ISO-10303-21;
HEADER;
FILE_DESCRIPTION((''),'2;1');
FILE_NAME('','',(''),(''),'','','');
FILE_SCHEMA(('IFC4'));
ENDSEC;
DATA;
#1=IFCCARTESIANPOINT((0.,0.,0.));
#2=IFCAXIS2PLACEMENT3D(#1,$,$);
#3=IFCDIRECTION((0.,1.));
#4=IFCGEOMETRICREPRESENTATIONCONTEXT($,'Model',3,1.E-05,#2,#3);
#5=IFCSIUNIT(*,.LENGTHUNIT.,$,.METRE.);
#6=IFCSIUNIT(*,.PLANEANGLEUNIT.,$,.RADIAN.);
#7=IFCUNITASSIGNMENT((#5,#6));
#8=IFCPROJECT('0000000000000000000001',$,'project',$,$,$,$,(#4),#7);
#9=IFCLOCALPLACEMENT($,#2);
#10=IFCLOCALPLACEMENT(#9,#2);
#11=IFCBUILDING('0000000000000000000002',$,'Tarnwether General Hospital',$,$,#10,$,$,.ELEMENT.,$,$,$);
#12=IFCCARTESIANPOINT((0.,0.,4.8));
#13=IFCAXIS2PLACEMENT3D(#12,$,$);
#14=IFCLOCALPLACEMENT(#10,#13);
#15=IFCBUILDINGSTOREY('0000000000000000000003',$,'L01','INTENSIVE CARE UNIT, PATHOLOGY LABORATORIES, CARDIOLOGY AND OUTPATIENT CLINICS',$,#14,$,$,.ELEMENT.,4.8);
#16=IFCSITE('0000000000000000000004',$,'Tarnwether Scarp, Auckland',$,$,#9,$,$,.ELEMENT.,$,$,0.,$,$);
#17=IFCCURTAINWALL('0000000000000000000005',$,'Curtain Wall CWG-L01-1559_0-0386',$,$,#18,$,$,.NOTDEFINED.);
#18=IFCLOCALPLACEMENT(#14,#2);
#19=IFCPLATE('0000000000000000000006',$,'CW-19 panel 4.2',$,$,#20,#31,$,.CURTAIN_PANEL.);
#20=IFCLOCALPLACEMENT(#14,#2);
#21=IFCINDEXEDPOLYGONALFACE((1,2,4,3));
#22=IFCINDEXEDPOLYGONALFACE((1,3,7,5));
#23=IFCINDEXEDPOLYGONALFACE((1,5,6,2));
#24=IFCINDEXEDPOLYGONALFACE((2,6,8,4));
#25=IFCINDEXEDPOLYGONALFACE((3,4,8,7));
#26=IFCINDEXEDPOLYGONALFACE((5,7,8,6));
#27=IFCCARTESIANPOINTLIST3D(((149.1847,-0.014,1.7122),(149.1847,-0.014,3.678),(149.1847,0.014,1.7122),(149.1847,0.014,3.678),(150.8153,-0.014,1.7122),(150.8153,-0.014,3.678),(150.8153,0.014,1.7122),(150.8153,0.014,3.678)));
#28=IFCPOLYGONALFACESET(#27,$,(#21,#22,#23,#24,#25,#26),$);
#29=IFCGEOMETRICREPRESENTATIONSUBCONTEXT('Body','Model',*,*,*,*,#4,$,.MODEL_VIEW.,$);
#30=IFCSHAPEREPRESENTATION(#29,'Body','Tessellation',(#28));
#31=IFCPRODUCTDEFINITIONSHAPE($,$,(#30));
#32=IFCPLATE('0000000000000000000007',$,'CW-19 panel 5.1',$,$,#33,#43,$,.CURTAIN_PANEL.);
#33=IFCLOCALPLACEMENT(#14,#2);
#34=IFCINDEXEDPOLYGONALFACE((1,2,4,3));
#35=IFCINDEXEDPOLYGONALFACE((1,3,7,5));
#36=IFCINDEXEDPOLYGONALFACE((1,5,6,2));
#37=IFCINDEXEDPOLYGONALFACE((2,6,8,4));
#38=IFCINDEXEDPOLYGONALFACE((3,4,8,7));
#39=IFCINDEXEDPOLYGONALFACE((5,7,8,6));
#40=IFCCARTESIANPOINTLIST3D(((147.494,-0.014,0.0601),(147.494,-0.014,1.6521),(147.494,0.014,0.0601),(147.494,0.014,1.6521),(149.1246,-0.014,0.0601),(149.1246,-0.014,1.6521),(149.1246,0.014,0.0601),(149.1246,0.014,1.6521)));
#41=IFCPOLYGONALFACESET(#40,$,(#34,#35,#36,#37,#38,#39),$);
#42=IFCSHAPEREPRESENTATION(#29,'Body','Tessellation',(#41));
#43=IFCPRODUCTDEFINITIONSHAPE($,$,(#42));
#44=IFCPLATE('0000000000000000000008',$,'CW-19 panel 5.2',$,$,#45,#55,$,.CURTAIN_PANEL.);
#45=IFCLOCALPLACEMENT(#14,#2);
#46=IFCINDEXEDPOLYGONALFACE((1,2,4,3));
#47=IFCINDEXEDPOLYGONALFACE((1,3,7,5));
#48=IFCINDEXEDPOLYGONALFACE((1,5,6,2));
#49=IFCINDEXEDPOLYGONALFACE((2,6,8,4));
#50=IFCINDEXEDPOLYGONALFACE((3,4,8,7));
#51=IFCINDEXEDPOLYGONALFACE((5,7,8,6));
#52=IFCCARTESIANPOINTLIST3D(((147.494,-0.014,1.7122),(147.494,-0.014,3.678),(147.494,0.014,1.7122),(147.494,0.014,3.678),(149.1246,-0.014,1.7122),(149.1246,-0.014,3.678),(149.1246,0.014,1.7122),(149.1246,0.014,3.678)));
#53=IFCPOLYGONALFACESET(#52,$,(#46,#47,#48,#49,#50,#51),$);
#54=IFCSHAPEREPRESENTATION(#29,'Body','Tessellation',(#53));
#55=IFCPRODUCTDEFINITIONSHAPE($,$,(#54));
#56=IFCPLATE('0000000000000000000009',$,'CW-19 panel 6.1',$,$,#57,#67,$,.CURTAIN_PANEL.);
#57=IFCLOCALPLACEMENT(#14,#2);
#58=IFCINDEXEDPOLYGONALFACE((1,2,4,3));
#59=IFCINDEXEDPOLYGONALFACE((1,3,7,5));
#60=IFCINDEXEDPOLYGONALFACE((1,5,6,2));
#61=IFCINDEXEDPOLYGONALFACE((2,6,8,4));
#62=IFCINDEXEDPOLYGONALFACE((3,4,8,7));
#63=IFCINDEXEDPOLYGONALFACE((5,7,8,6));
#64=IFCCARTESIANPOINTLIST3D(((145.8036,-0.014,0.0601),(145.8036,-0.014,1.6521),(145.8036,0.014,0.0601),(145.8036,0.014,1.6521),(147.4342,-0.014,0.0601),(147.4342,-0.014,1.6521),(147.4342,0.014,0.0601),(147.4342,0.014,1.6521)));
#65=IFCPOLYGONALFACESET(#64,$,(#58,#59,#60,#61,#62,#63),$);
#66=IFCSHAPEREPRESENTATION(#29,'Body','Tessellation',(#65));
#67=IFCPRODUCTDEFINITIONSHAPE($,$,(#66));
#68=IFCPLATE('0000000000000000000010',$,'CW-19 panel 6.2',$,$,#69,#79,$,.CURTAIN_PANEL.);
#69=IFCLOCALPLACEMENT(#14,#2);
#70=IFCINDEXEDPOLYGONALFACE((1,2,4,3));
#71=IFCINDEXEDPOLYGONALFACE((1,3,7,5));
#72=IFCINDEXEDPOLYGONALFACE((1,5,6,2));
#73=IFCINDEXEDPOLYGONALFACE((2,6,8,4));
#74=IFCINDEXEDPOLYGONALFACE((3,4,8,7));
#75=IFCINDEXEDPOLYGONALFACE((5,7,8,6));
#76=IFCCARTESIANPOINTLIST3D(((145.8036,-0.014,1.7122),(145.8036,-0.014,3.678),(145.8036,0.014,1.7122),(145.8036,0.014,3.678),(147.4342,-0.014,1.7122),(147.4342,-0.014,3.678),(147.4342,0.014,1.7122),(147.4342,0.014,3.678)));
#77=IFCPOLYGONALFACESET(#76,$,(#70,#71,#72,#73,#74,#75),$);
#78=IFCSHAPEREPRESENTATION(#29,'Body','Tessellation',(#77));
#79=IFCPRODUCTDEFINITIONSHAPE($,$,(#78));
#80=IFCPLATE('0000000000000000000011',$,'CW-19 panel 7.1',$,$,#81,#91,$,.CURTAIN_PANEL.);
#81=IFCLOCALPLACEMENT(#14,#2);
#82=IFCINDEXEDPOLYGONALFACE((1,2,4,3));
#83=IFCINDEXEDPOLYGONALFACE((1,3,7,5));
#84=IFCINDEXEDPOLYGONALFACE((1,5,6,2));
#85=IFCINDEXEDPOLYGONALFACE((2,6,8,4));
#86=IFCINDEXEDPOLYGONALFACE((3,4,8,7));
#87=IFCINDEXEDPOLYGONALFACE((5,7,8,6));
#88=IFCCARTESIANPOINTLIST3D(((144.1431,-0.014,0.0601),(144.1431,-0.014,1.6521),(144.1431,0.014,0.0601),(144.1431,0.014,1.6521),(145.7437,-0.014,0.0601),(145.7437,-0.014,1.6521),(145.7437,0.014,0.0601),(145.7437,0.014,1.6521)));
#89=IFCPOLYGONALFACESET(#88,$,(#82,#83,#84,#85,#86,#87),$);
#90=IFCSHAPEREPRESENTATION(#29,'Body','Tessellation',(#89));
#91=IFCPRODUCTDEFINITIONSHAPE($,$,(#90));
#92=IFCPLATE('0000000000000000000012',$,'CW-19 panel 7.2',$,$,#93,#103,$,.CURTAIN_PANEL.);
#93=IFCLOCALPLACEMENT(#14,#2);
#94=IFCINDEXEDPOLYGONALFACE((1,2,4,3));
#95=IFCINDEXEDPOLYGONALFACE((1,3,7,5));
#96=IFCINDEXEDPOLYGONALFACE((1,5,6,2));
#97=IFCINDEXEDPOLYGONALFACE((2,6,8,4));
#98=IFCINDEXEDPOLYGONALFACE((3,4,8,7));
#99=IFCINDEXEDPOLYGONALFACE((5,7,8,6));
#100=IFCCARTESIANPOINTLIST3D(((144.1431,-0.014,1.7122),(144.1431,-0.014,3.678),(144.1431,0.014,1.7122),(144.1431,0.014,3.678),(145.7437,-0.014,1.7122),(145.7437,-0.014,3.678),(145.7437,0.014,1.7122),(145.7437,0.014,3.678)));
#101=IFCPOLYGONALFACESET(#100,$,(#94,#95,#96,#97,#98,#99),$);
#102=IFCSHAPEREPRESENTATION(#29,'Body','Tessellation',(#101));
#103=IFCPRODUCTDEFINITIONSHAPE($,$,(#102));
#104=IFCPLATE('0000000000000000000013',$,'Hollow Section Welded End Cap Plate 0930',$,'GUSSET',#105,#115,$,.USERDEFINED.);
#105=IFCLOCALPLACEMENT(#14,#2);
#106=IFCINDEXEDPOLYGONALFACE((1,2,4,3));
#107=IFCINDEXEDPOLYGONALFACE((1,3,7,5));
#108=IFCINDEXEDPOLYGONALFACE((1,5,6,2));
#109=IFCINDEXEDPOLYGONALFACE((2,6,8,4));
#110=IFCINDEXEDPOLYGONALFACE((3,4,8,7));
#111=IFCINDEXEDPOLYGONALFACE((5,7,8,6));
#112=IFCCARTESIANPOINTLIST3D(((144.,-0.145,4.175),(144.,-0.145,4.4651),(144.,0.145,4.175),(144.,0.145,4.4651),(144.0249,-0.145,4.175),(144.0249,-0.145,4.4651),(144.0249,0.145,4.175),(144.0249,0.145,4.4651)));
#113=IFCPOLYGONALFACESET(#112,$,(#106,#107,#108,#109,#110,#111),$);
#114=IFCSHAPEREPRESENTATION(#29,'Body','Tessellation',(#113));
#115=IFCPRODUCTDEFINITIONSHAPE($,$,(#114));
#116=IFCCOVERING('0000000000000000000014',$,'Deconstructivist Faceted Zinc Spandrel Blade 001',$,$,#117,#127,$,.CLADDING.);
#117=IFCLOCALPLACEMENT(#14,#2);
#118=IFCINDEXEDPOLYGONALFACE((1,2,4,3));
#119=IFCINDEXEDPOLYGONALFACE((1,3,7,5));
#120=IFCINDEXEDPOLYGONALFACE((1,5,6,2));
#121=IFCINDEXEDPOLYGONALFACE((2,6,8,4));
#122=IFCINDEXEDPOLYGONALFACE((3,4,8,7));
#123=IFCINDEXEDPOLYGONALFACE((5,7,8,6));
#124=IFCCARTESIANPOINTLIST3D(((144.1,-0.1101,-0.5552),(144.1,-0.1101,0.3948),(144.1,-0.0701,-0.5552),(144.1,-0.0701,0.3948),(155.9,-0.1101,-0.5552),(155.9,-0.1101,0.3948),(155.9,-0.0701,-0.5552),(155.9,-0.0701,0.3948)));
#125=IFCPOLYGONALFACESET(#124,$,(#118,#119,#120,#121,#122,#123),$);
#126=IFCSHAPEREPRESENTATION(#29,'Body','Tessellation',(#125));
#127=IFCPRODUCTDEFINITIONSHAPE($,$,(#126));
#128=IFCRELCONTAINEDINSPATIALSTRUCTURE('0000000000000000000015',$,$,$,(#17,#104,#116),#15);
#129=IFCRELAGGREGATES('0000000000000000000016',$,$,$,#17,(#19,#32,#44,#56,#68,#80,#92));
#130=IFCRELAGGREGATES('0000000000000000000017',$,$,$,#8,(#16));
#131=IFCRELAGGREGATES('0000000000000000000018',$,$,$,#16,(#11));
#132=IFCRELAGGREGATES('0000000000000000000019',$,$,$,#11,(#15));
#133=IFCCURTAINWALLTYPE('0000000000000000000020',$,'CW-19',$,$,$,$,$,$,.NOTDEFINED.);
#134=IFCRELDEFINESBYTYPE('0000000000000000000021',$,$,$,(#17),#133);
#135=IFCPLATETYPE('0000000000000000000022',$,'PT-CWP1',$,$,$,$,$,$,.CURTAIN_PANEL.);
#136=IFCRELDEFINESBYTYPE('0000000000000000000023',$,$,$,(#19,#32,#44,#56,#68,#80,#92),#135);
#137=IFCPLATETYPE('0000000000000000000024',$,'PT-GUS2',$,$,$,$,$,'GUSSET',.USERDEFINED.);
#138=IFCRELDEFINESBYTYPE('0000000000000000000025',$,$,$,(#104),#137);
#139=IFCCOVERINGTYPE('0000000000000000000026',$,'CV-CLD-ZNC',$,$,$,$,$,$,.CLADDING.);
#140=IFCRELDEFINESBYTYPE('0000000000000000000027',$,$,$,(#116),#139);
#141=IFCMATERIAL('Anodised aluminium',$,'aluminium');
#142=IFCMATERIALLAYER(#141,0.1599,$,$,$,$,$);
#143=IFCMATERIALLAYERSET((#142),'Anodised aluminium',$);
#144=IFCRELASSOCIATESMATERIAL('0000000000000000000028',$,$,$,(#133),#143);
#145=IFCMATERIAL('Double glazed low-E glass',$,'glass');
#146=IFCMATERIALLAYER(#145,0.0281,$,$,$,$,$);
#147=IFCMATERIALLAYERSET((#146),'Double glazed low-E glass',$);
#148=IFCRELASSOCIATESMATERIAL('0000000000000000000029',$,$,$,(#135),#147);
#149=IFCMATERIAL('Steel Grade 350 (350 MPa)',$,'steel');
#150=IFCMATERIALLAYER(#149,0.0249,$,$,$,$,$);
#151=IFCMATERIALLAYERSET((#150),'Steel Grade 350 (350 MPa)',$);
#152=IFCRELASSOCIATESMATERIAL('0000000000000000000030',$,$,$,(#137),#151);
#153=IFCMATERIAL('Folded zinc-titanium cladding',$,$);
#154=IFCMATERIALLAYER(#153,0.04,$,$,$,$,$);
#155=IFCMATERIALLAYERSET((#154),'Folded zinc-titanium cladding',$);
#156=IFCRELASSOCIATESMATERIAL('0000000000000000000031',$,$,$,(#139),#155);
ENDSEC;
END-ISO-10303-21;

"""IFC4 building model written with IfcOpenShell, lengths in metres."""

from ifc_helpers import new_model, si_unit, direction, frame, origin, origin_2d, place, context, subcontext, project, spatial, rectangle, extrude, material, layer, layer_set, type_object, element, aggregate, save


model = new_model("IFC4")

# Units and contexts
model_context = context("Model", 3, precision=1e-05, world=origin(), true_north=direction((0.0, 1.0)))
body_context = subcontext(model_context, "Body", "Model", "MODEL_VIEW")
ifc_project = project(units=[si_unit("LENGTHUNIT", "METRE"), si_unit("PLANEANGLEUNIT", "RADIAN")], contexts=[model_context])

# Site, building, storey
site_placement = place(None, origin())
site = spatial("IfcSite", under=ifc_project, at=site_placement, Name="Tarnwether Scarp, Auckland", CompositionType="ELEMENT", RefElevation=0.0)
building_placement = place(site_placement, origin())
building = spatial("IfcBuilding", under=site, at=building_placement, Name="Tarnwether General Hospital", CompositionType="ELEMENT")
storey_placement = place(building_placement, frame((0.0, 0.0, 4.8)))
storey = spatial("IfcBuildingStorey", under=building, at=storey_placement, Name="L01", Description="INTENSIVE CARE UNIT, PATHOLOGY LABORATORIES, CARDIOLOGY AND OUTPATIENT CLINICS", CompositionType="ELEMENT", Elevation=4.8)

# Curtain wall
ifc_material_1 = material(Name="Anodised aluminium", Category="aluminium")
ifc_layer_1 = layer(ifc_material_1, 0.1599)
ifc_layer_set_1 = layer_set([ifc_layer_1], Name="Anodised aluminium")
curtain_wall_type_1 = type_object("IfcCurtainWallType", Name="CW-19", PredefinedType="NOTDEFINED", material=ifc_layer_set_1)
curtain_wall_1_placement = place(storey_placement, origin())
curtain_wall_1 = element("IfcCurtainWall", 1, at=curtain_wall_1_placement, inside=storey, type_object=curtain_wall_type_1, Name="Curtain Wall CWG-L01-1559_0-0386", PredefinedType="NOTDEFINED")

# Plates
ifc_material_2 = material(Name="Double glazed low-E glass", Category="glass")
ifc_layer_2 = layer(ifc_material_2, 0.0281)
ifc_layer_set_2 = layer_set([ifc_layer_2], Name="Double glazed low-E glass")
plate_type_1 = type_object("IfcPlateType", Name="PT-CWP1", PredefinedType="CURTAIN_PANEL", material=ifc_layer_set_2)
plate_1_placement = place(storey_placement, frame((150.0, 0.0, 1.7122), z_axis=(0.0, 0.0, 1.0), x_axis=(-1.0, 0.0, 0.0)))
plate_1 = element("IfcPlate", 2, at=plate_1_placement, type_object=plate_type_1, Name="CW-19 panel 4.2", PredefinedType="CURTAIN_PANEL", context=body_context, shape_type="SweptSolid", body=[
    extrude(rectangle(XDim=1.6306, YDim=0.0281, at=origin_2d()), origin(), (0.0, 0.0, 1.0), 1.9658),
])
plate_2_placement = place(storey_placement, frame((148.3093, 0.0, 0.0601), z_axis=(0.0, 0.0, 1.0), x_axis=(-1.0, 0.0, 0.0)))
plate_2 = element("IfcPlate", 3, at=plate_2_placement, type_object=plate_type_1, Name="CW-19 panel 5.1", PredefinedType="CURTAIN_PANEL", context=body_context, shape_type="SweptSolid", body=[
    extrude(rectangle(XDim=1.6306, YDim=0.0281, at=origin_2d()), origin(), (0.0, 0.0, 1.0), 1.592),
])
plate_3_placement = place(storey_placement, frame((148.3093, 0.0, 1.7122), z_axis=(0.0, 0.0, 1.0), x_axis=(-1.0, 0.0, 0.0)))
plate_3 = element("IfcPlate", 4, at=plate_3_placement, type_object=plate_type_1, Name="CW-19 panel 5.2", PredefinedType="CURTAIN_PANEL", context=body_context, shape_type="SweptSolid", body=[
    extrude(rectangle(XDim=1.6306, YDim=0.0281, at=origin_2d()), origin(), (0.0, 0.0, 1.0), 1.9658),
])
plate_4_placement = place(storey_placement, frame((146.6189, 0.0, 0.0601), z_axis=(0.0, 0.0, 1.0), x_axis=(-1.0, 0.0, 0.0)))
plate_4 = element("IfcPlate", 5, at=plate_4_placement, type_object=plate_type_1, Name="CW-19 panel 6.1", PredefinedType="CURTAIN_PANEL", context=body_context, shape_type="SweptSolid", body=[
    extrude(rectangle(XDim=1.6306, YDim=0.0281, at=origin_2d()), origin(), (0.0, 0.0, 1.0), 1.592),
])
plate_5_placement = place(storey_placement, frame((146.6189, 0.0, 1.7122), z_axis=(0.0, 0.0, 1.0), x_axis=(-1.0, 0.0, 0.0)))
plate_5 = element("IfcPlate", 6, at=plate_5_placement, type_object=plate_type_1, Name="CW-19 panel 6.2", PredefinedType="CURTAIN_PANEL", context=body_context, shape_type="SweptSolid", body=[
    extrude(rectangle(XDim=1.6306, YDim=0.0281, at=origin_2d()), origin(), (0.0, 0.0, 1.0), 1.9658),
])
plate_6_placement = place(storey_placement, frame((144.9434, 0.0, 0.0601), z_axis=(0.0, 0.0, 1.0), x_axis=(-1.0, 0.0, 0.0)))
plate_6 = element("IfcPlate", 7, at=plate_6_placement, type_object=plate_type_1, Name="CW-19 panel 7.1", PredefinedType="CURTAIN_PANEL", context=body_context, shape_type="SweptSolid", body=[
    extrude(rectangle(XDim=1.6006, YDim=0.0281, at=origin_2d()), origin(), (0.0, 0.0, 1.0), 1.592),
])
plate_7_placement = place(storey_placement, frame((144.9434, 0.0, 1.7122), z_axis=(0.0, 0.0, 1.0), x_axis=(-1.0, 0.0, 0.0)))
plate_7 = element("IfcPlate", 8, at=plate_7_placement, type_object=plate_type_1, Name="CW-19 panel 7.2", PredefinedType="CURTAIN_PANEL", context=body_context, shape_type="SweptSolid", body=[
    extrude(rectangle(XDim=1.6006, YDim=0.0281, at=origin_2d()), origin(), (0.0, 0.0, 1.0), 1.9658),
])
aggregate(curtain_wall_1, [plate_1, plate_2, plate_3, plate_4, plate_5, plate_6, plate_7])
ifc_material_3 = material(Name="Steel Grade 350 (350 MPa)", Category="steel")
ifc_layer_3 = layer(ifc_material_3, 0.0249)
ifc_layer_set_3 = layer_set([ifc_layer_3], Name="Steel Grade 350 (350 MPa)")
plate_type_2 = type_object("IfcPlateType", Name="PT-GUS2", ElementType="GUSSET", PredefinedType="USERDEFINED", material=ifc_layer_set_3)
plate_8_placement = place(storey_placement, frame((144.0125, 0.0, 4.175), z_axis=(0.0, 0.0, 1.0), x_axis=(1.0, 0.0, 0.0)))
element("IfcPlate", 9, at=plate_8_placement, inside=storey, type_object=plate_type_2, Name="Hollow Section Welded End Cap Plate 0930", ObjectType="GUSSET", PredefinedType="USERDEFINED", context=body_context, shape_type="SweptSolid", body=[
    extrude(rectangle(XDim=0.0249, YDim=0.29, at=origin_2d()), origin(), (0.0, 0.0, 1.0), 0.29),
])

# Covering
ifc_material_4 = material(Name="Folded zinc-titanium cladding")
ifc_layer_4 = layer(ifc_material_4, 0.04)
ifc_layer_set_4 = layer_set([ifc_layer_4], Name="Folded zinc-titanium cladding")
covering_type = type_object("IfcCoveringType", Name="CV-CLD-ZNC", PredefinedType="CLADDING", material=ifc_layer_set_4)
covering_placement = place(storey_placement, frame((150.0, -0.0901, -0.5552), z_axis=(0.0, 0.0, 1.0), x_axis=(1.0, 0.0, 0.0)))
element("IfcCovering", 10, at=covering_placement, inside=storey, type_object=covering_type, Name="Deconstructivist Faceted Zinc Spandrel Blade 001", PredefinedType="CLADDING", context=body_context, shape_type="SweptSolid", body=[
    extrude(rectangle(XDim=11.8, YDim=0.04, at=origin_2d()), origin(), (0.0, 0.0, 1.0), 0.95),
])

save(model, "model.ifc")
